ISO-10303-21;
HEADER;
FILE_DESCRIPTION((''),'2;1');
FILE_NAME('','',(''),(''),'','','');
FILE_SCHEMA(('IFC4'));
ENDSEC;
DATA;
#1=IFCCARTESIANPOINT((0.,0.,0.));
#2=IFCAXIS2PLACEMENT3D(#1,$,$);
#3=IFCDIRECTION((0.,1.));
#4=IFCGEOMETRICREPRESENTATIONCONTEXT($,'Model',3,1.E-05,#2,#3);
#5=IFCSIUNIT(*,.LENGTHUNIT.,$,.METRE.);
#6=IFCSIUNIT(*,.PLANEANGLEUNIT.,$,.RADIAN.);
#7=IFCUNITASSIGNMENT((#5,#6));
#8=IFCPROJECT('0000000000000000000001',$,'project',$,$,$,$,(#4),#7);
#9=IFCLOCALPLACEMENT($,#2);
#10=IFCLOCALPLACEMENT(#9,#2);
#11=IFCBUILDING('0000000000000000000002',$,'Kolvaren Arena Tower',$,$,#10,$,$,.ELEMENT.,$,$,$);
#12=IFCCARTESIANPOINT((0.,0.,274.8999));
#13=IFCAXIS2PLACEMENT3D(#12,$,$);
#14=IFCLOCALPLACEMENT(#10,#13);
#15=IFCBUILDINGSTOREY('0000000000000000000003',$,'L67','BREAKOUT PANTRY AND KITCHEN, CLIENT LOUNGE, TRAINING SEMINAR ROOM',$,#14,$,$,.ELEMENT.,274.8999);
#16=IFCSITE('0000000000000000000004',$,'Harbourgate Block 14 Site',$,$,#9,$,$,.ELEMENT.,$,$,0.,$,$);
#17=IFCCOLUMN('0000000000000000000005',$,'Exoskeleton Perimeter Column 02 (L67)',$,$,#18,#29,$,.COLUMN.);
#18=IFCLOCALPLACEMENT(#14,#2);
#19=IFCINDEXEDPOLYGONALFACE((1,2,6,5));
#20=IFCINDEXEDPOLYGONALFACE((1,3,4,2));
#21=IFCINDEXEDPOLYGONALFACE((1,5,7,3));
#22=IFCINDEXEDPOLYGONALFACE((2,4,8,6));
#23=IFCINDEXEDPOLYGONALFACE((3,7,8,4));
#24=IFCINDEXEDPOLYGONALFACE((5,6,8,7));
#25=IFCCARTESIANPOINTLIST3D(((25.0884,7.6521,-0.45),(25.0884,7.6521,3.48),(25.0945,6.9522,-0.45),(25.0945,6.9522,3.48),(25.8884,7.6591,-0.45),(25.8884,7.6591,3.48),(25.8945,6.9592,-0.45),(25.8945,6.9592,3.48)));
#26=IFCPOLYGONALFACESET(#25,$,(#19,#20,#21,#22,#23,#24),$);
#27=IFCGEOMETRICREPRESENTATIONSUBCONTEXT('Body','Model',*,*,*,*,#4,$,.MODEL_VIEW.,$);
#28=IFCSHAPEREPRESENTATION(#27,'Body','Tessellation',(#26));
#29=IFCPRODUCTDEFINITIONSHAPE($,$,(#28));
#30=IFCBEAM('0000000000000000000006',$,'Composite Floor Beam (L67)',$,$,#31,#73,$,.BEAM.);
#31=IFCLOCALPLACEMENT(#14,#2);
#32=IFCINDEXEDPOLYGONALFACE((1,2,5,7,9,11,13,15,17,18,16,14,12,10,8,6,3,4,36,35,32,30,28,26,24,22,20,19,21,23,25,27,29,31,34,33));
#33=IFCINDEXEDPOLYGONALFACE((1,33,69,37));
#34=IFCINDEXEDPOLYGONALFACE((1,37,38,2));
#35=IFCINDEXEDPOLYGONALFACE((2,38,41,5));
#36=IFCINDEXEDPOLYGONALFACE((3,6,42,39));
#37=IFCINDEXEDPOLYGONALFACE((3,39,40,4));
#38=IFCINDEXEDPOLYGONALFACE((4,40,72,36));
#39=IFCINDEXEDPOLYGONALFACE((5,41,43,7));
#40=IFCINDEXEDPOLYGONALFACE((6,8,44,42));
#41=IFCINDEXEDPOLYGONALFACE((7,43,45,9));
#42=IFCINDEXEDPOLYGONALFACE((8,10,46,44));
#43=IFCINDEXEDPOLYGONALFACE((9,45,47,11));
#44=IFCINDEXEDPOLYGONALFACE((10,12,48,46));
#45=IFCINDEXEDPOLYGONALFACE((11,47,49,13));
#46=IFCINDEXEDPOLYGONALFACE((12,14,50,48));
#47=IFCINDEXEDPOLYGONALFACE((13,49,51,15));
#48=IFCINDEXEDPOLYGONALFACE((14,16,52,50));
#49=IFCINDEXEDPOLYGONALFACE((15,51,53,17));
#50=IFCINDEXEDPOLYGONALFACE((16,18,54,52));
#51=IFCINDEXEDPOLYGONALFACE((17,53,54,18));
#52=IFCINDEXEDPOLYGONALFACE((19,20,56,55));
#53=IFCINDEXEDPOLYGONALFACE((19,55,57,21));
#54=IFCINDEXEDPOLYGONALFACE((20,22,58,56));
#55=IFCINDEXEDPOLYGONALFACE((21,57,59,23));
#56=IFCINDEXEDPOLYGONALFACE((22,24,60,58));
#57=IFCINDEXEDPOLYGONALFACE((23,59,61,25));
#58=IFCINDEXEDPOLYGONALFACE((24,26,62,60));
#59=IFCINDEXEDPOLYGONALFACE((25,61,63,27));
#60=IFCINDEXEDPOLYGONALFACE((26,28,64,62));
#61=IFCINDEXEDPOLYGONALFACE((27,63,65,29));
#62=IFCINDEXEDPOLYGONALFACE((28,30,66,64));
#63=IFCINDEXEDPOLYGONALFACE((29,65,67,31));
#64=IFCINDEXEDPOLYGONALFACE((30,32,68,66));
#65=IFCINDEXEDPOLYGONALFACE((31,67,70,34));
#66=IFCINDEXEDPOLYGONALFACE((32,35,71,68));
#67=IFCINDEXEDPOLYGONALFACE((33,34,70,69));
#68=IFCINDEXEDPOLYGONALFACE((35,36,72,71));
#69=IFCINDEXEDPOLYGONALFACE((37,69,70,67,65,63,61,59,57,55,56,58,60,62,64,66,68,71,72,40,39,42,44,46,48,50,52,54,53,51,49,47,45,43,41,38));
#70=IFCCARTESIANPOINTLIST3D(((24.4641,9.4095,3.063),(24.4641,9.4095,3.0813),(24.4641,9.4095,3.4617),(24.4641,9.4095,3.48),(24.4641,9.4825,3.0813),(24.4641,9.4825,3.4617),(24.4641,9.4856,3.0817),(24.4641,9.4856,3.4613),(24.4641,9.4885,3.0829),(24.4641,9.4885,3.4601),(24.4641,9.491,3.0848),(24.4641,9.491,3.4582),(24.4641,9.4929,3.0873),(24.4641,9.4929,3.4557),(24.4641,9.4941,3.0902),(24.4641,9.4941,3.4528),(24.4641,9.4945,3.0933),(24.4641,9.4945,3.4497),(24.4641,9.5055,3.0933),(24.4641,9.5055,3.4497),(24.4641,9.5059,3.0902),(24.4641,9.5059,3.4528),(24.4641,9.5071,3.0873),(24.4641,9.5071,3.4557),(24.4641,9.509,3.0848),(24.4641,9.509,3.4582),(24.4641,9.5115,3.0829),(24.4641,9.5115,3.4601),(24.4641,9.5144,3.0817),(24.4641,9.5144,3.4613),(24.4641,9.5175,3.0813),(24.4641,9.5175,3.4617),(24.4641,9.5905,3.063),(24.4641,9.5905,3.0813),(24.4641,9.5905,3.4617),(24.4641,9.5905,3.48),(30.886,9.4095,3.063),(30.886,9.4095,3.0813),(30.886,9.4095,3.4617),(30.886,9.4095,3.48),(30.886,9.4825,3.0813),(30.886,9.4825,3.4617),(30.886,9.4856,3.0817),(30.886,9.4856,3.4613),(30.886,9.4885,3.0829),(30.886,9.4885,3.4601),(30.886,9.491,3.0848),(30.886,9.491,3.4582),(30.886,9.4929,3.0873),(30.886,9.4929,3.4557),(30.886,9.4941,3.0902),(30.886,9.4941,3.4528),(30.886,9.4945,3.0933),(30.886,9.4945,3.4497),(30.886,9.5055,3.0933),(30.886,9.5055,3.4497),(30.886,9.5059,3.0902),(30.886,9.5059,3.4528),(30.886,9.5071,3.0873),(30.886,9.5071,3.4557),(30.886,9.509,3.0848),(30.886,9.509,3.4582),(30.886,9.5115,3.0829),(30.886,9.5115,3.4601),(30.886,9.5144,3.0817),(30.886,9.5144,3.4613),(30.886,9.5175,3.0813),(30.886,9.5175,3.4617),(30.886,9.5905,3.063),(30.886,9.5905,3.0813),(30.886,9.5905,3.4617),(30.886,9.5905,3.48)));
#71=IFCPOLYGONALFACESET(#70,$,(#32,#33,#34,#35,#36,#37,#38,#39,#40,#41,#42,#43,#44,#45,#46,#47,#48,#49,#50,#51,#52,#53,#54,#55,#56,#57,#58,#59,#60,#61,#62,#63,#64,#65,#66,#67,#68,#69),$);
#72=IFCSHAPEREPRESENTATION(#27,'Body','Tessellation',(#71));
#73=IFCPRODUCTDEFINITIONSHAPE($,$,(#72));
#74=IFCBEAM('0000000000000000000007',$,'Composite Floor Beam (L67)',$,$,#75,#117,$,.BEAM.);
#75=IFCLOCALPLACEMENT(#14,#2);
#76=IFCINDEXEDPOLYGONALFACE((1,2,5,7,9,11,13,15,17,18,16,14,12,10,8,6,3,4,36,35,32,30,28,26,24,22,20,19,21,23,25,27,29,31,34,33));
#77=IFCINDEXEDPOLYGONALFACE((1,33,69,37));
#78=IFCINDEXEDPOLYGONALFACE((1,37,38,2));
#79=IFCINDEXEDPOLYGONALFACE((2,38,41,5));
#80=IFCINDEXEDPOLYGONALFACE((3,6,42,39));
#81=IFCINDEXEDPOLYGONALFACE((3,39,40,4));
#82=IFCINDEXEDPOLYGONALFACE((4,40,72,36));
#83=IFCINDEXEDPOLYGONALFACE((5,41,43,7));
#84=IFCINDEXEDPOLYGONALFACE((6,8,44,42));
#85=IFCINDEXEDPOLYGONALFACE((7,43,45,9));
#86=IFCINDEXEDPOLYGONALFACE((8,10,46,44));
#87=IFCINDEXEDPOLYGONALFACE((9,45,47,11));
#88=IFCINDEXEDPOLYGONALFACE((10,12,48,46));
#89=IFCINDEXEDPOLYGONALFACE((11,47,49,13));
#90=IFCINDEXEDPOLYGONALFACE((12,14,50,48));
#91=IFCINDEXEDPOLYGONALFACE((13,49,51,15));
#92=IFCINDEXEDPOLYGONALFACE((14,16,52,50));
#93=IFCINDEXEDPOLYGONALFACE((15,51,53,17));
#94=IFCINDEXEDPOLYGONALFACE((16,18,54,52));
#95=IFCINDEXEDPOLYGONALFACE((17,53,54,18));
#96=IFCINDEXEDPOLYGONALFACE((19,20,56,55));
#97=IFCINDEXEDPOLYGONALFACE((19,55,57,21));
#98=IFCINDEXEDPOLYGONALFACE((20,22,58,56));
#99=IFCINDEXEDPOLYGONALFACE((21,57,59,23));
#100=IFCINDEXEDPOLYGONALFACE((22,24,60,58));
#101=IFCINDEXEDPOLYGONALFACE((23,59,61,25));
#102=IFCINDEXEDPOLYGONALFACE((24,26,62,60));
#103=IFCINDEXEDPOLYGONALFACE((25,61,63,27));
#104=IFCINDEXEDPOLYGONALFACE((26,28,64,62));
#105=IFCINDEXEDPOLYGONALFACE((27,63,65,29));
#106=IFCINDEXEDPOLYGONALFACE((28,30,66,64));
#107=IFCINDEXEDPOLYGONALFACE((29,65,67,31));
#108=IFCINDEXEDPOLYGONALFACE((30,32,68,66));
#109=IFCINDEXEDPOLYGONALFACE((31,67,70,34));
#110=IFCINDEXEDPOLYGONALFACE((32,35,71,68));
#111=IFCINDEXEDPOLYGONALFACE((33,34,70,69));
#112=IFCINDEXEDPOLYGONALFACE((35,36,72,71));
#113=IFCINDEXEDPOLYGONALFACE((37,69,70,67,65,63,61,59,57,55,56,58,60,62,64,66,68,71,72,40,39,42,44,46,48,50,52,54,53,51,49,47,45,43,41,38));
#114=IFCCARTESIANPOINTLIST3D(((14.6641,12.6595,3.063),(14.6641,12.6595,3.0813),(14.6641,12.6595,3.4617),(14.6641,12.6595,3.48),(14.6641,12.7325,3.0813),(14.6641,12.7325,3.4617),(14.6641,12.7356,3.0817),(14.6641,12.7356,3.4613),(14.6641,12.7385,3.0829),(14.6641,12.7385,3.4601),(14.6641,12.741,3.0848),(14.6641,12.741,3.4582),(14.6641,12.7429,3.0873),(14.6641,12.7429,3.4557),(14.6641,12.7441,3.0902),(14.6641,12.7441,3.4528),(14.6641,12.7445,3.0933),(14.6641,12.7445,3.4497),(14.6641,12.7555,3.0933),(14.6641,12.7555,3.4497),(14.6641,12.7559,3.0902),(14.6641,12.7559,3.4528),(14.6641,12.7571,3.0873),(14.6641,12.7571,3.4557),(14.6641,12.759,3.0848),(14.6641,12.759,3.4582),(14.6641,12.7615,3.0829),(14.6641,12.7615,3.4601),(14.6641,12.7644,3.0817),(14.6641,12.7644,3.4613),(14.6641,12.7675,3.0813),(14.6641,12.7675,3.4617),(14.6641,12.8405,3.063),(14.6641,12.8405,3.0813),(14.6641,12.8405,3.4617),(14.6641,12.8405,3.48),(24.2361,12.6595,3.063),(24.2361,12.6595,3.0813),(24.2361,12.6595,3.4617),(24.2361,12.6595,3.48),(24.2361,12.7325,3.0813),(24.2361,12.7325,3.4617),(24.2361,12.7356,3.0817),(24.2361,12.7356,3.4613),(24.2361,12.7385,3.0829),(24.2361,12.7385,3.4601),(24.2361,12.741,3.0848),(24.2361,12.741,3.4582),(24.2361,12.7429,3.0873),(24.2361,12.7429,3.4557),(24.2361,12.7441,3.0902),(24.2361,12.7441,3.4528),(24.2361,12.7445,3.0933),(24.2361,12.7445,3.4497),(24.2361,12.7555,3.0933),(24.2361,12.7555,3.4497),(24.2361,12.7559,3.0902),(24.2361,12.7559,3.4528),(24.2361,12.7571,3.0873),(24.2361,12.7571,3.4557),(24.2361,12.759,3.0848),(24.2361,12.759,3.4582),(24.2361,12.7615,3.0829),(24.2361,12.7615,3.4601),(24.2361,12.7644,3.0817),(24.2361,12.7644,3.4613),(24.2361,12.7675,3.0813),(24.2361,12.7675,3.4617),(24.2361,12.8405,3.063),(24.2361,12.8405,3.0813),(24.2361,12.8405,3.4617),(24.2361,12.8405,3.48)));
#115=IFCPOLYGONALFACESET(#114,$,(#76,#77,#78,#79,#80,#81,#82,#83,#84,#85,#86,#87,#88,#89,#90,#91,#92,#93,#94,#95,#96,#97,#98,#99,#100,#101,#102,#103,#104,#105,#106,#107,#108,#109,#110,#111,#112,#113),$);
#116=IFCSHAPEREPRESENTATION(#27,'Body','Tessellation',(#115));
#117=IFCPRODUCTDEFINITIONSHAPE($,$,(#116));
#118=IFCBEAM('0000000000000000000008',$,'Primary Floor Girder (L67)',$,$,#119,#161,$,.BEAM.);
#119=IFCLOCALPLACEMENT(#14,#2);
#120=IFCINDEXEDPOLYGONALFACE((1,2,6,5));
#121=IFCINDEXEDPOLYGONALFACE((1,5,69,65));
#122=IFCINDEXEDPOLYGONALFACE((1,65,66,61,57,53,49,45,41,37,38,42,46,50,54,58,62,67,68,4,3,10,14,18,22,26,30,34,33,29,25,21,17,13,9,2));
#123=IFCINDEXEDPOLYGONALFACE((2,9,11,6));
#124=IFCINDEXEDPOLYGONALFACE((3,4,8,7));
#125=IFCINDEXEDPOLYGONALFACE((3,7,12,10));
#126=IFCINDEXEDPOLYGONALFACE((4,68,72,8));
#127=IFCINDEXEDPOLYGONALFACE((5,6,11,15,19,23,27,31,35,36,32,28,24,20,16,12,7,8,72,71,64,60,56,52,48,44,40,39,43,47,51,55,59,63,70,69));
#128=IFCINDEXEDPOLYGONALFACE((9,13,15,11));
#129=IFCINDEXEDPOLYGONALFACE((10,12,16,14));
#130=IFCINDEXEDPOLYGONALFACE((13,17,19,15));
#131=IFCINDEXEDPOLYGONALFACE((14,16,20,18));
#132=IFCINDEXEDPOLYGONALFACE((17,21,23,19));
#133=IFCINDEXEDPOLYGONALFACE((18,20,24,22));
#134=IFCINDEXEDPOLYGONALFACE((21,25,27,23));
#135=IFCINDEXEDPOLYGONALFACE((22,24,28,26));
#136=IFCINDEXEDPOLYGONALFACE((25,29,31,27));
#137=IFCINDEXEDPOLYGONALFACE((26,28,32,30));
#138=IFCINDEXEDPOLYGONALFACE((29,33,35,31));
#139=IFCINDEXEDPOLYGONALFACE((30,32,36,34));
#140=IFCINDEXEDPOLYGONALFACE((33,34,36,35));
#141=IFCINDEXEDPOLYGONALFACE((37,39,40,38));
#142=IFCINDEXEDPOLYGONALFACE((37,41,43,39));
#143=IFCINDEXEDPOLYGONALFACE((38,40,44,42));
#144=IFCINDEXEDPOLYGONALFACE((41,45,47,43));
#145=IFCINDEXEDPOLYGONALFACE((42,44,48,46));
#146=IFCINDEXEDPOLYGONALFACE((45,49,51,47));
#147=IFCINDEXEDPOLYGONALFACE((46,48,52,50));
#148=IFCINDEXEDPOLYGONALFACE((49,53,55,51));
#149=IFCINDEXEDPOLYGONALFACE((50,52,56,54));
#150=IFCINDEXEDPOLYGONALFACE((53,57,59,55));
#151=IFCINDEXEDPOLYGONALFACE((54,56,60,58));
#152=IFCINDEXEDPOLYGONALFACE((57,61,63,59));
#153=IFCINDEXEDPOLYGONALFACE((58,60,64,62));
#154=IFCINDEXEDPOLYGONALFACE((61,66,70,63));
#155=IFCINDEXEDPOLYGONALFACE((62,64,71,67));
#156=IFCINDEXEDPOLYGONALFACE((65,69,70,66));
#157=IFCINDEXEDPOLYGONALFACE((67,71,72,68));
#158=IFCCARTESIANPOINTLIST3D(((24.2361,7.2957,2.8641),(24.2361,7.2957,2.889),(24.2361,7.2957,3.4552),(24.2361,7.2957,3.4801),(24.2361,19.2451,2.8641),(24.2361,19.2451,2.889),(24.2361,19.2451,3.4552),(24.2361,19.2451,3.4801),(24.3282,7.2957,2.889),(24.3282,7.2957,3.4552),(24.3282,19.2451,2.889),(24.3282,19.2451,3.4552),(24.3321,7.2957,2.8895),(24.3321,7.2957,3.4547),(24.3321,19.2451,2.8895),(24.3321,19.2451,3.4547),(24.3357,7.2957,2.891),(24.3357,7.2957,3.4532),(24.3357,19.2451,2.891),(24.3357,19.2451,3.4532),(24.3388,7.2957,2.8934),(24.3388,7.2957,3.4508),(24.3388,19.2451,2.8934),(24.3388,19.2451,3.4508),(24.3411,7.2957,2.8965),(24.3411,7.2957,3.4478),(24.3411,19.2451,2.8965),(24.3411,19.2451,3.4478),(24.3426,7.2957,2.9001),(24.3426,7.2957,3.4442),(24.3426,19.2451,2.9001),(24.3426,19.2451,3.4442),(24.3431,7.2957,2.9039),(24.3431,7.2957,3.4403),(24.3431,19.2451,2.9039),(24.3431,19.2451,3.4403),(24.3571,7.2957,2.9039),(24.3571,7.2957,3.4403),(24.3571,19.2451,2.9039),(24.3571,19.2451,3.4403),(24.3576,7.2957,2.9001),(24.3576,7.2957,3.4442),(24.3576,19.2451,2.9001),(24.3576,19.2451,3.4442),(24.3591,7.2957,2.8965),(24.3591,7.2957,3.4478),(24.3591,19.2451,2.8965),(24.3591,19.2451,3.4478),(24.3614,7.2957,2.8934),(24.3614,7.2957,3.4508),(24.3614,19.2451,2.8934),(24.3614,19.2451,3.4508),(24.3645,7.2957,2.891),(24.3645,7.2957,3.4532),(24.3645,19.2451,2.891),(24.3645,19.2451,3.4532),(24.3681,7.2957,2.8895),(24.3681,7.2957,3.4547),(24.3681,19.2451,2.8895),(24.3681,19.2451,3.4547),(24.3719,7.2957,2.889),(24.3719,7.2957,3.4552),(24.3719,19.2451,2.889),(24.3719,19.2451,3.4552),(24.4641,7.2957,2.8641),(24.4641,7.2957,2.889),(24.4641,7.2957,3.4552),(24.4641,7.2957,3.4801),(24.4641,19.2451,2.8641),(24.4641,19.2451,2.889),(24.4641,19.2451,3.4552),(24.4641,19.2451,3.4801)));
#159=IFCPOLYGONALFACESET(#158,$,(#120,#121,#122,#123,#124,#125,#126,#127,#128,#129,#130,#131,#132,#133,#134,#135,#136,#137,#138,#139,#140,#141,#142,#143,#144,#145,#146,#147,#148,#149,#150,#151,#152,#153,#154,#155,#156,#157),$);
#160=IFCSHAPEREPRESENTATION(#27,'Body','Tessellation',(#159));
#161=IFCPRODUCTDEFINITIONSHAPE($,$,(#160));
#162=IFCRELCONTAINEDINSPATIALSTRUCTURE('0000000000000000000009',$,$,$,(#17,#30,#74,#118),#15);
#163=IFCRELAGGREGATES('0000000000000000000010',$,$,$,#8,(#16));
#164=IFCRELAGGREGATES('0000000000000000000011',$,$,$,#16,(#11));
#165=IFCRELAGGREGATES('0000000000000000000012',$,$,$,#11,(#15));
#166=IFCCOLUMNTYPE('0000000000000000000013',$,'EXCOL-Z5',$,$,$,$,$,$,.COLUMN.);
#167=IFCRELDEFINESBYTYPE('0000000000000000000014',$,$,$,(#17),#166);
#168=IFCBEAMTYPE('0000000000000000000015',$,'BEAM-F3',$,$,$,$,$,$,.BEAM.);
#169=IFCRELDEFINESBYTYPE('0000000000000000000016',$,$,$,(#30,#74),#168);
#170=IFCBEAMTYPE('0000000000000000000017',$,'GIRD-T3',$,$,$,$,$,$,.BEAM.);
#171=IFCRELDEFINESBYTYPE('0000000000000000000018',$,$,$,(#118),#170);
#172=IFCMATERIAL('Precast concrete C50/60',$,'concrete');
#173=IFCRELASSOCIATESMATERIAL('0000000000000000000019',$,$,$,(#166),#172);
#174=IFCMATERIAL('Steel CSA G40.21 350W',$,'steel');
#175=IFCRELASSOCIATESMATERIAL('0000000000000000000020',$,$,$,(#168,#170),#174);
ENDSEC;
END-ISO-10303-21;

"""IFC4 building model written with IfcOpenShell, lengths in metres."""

from ifc_helpers import new_model, si_unit, direction, frame, origin, origin_2d, place, context, subcontext, project, spatial, rectangle, i_section, extrude, material, material_profile, profile_set, type_object, element, save


model = new_model("IFC4")

# Units and contexts
model_context = context("Model", 3, precision=1e-05, world=origin(), true_north=direction((0.0, 1.0)))
body_context = subcontext(model_context, "Body", "Model", "MODEL_VIEW")
ifc_project = project(units=[si_unit("LENGTHUNIT", "METRE"), si_unit("PLANEANGLEUNIT", "RADIAN")], contexts=[model_context])

# Site, building, storey
site_placement = place(None, origin())
site = spatial("IfcSite", under=ifc_project, at=site_placement, Name="Harbourgate Block 14 Site", CompositionType="ELEMENT", RefElevation=0.0)
building_placement = place(site_placement, origin())
building = spatial("IfcBuilding", under=site, at=building_placement, Name="Kolvaren Arena Tower", CompositionType="ELEMENT")
storey_placement = place(building_placement, frame((0.0, 0.0, 274.8999)))
storey = spatial("IfcBuildingStorey", under=building, at=storey_placement, Name="L67", Description="BREAKOUT PANTRY AND KITCHEN, CLIENT LOUNGE, TRAINING SEMINAR ROOM", CompositionType="ELEMENT", Elevation=274.8999)

# Column
ifc_material_1 = material(Name="Precast concrete C50/60", Category="concrete")
ifc_material_profile_1 = material_profile(ifc_material_1, rectangle(XDim=0.8, YDim=0.7, at=origin_2d()), Name="RC-800x700")
ifc_profile_set_1 = profile_set([ifc_material_profile_1], Name="Precast concrete C50/60")
column_type = type_object("IfcColumnType", Name="EXCOL-Z5", PredefinedType="COLUMN", material=ifc_profile_set_1)
column_placement = place(storey_placement, frame((25.4915, 7.3057, -0.45), z_axis=(0.0, 0.0, 1.0), x_axis=(0.999962, 0.008727, 0.0)))
element("IfcColumn", 1, at=column_placement, inside=storey, type_object=column_type, Name="Exoskeleton Perimeter Column 02 (L67)", PredefinedType="COLUMN", context=body_context, shape_type="SweptSolid", body=[
    extrude(rectangle(XDim=0.8, YDim=0.7, at=origin_2d()), origin(), (0.0, 0.0, 1.0), 3.9299),
])

# Beams
ifc_material_2 = material(Name="Steel CSA G40.21 350W", Category="steel")
ifc_material_profile_2 = material_profile(ifc_material_2, i_section(OverallWidth=0.1809, OverallDepth=0.417, WebThickness=0.011, FlangeThickness=0.0183, FilletRadius=0.012, at=origin_2d()), Name="W410x85")
ifc_profile_set_2 = profile_set([ifc_material_profile_2], Name="Steel CSA G40.21 350W")
beam_type_1 = type_object("IfcBeamType", Name="BEAM-F3", PredefinedType="BEAM", material=ifc_profile_set_2)
beam_1_placement = place(storey_placement, frame((24.4641, 9.5, 3.2715), z_axis=(1.0, 0.0, 0.0), x_axis=(0.0, 1.0, 0.0)))
element("IfcBeam", 2, at=beam_1_placement, inside=storey, type_object=beam_type_1, Name="Composite Floor Beam (L67)", PredefinedType="BEAM", context=body_context, shape_type="SweptSolid", body=[
    extrude(i_section(OverallWidth=0.1809, OverallDepth=0.417, WebThickness=0.011, FlangeThickness=0.0183, FilletRadius=0.012, at=origin_2d()), origin(), (0.0, 0.0, 1.0), 6.4219),
])
beam_2_placement = place(storey_placement, frame((14.6641, 12.75, 3.2715), z_axis=(1.0, 0.0, 0.0), x_axis=(0.0, 1.0, 0.0)))
element("IfcBeam", 3, at=beam_2_placement, inside=storey, type_object=beam_type_1, Name="Composite Floor Beam (L67)", PredefinedType="BEAM", context=body_context, shape_type="SweptSolid", body=[
    extrude(i_section(OverallWidth=0.1809, OverallDepth=0.417, WebThickness=0.011, FlangeThickness=0.0183, FilletRadius=0.012, at=origin_2d()), origin(), (0.0, 0.0, 1.0), 9.572),
])
ifc_material_profile_3 = material_profile(ifc_material_2, i_section(OverallWidth=0.228, OverallDepth=0.616, WebThickness=0.0139, FlangeThickness=0.0249, FilletRadius=0.0149, at=origin_2d()), Name="W610x174")
ifc_profile_set_3 = profile_set([ifc_material_profile_3], Name="Steel CSA G40.21 350W")
beam_type_2 = type_object("IfcBeamType", Name="GIRD-T3", PredefinedType="BEAM", material=ifc_profile_set_3)
beam_3_placement = place(storey_placement, frame((24.3501, 7.2957, 3.1721), z_axis=(0.0, 1.0, 0.0), x_axis=(-1.0, 0.0, 0.0)))
element("IfcBeam", 4, at=beam_3_placement, inside=storey, type_object=beam_type_2, Name="Primary Floor Girder (L67)", PredefinedType="BEAM", context=body_context, shape_type="SweptSolid", body=[
    extrude(i_section(OverallWidth=0.228, OverallDepth=0.616, WebThickness=0.0139, FlangeThickness=0.0249, FilletRadius=0.0149, at=origin_2d()), origin(), (0.0, 0.0, 1.0), 11.9495),
])

save(model, "model.ifc")
